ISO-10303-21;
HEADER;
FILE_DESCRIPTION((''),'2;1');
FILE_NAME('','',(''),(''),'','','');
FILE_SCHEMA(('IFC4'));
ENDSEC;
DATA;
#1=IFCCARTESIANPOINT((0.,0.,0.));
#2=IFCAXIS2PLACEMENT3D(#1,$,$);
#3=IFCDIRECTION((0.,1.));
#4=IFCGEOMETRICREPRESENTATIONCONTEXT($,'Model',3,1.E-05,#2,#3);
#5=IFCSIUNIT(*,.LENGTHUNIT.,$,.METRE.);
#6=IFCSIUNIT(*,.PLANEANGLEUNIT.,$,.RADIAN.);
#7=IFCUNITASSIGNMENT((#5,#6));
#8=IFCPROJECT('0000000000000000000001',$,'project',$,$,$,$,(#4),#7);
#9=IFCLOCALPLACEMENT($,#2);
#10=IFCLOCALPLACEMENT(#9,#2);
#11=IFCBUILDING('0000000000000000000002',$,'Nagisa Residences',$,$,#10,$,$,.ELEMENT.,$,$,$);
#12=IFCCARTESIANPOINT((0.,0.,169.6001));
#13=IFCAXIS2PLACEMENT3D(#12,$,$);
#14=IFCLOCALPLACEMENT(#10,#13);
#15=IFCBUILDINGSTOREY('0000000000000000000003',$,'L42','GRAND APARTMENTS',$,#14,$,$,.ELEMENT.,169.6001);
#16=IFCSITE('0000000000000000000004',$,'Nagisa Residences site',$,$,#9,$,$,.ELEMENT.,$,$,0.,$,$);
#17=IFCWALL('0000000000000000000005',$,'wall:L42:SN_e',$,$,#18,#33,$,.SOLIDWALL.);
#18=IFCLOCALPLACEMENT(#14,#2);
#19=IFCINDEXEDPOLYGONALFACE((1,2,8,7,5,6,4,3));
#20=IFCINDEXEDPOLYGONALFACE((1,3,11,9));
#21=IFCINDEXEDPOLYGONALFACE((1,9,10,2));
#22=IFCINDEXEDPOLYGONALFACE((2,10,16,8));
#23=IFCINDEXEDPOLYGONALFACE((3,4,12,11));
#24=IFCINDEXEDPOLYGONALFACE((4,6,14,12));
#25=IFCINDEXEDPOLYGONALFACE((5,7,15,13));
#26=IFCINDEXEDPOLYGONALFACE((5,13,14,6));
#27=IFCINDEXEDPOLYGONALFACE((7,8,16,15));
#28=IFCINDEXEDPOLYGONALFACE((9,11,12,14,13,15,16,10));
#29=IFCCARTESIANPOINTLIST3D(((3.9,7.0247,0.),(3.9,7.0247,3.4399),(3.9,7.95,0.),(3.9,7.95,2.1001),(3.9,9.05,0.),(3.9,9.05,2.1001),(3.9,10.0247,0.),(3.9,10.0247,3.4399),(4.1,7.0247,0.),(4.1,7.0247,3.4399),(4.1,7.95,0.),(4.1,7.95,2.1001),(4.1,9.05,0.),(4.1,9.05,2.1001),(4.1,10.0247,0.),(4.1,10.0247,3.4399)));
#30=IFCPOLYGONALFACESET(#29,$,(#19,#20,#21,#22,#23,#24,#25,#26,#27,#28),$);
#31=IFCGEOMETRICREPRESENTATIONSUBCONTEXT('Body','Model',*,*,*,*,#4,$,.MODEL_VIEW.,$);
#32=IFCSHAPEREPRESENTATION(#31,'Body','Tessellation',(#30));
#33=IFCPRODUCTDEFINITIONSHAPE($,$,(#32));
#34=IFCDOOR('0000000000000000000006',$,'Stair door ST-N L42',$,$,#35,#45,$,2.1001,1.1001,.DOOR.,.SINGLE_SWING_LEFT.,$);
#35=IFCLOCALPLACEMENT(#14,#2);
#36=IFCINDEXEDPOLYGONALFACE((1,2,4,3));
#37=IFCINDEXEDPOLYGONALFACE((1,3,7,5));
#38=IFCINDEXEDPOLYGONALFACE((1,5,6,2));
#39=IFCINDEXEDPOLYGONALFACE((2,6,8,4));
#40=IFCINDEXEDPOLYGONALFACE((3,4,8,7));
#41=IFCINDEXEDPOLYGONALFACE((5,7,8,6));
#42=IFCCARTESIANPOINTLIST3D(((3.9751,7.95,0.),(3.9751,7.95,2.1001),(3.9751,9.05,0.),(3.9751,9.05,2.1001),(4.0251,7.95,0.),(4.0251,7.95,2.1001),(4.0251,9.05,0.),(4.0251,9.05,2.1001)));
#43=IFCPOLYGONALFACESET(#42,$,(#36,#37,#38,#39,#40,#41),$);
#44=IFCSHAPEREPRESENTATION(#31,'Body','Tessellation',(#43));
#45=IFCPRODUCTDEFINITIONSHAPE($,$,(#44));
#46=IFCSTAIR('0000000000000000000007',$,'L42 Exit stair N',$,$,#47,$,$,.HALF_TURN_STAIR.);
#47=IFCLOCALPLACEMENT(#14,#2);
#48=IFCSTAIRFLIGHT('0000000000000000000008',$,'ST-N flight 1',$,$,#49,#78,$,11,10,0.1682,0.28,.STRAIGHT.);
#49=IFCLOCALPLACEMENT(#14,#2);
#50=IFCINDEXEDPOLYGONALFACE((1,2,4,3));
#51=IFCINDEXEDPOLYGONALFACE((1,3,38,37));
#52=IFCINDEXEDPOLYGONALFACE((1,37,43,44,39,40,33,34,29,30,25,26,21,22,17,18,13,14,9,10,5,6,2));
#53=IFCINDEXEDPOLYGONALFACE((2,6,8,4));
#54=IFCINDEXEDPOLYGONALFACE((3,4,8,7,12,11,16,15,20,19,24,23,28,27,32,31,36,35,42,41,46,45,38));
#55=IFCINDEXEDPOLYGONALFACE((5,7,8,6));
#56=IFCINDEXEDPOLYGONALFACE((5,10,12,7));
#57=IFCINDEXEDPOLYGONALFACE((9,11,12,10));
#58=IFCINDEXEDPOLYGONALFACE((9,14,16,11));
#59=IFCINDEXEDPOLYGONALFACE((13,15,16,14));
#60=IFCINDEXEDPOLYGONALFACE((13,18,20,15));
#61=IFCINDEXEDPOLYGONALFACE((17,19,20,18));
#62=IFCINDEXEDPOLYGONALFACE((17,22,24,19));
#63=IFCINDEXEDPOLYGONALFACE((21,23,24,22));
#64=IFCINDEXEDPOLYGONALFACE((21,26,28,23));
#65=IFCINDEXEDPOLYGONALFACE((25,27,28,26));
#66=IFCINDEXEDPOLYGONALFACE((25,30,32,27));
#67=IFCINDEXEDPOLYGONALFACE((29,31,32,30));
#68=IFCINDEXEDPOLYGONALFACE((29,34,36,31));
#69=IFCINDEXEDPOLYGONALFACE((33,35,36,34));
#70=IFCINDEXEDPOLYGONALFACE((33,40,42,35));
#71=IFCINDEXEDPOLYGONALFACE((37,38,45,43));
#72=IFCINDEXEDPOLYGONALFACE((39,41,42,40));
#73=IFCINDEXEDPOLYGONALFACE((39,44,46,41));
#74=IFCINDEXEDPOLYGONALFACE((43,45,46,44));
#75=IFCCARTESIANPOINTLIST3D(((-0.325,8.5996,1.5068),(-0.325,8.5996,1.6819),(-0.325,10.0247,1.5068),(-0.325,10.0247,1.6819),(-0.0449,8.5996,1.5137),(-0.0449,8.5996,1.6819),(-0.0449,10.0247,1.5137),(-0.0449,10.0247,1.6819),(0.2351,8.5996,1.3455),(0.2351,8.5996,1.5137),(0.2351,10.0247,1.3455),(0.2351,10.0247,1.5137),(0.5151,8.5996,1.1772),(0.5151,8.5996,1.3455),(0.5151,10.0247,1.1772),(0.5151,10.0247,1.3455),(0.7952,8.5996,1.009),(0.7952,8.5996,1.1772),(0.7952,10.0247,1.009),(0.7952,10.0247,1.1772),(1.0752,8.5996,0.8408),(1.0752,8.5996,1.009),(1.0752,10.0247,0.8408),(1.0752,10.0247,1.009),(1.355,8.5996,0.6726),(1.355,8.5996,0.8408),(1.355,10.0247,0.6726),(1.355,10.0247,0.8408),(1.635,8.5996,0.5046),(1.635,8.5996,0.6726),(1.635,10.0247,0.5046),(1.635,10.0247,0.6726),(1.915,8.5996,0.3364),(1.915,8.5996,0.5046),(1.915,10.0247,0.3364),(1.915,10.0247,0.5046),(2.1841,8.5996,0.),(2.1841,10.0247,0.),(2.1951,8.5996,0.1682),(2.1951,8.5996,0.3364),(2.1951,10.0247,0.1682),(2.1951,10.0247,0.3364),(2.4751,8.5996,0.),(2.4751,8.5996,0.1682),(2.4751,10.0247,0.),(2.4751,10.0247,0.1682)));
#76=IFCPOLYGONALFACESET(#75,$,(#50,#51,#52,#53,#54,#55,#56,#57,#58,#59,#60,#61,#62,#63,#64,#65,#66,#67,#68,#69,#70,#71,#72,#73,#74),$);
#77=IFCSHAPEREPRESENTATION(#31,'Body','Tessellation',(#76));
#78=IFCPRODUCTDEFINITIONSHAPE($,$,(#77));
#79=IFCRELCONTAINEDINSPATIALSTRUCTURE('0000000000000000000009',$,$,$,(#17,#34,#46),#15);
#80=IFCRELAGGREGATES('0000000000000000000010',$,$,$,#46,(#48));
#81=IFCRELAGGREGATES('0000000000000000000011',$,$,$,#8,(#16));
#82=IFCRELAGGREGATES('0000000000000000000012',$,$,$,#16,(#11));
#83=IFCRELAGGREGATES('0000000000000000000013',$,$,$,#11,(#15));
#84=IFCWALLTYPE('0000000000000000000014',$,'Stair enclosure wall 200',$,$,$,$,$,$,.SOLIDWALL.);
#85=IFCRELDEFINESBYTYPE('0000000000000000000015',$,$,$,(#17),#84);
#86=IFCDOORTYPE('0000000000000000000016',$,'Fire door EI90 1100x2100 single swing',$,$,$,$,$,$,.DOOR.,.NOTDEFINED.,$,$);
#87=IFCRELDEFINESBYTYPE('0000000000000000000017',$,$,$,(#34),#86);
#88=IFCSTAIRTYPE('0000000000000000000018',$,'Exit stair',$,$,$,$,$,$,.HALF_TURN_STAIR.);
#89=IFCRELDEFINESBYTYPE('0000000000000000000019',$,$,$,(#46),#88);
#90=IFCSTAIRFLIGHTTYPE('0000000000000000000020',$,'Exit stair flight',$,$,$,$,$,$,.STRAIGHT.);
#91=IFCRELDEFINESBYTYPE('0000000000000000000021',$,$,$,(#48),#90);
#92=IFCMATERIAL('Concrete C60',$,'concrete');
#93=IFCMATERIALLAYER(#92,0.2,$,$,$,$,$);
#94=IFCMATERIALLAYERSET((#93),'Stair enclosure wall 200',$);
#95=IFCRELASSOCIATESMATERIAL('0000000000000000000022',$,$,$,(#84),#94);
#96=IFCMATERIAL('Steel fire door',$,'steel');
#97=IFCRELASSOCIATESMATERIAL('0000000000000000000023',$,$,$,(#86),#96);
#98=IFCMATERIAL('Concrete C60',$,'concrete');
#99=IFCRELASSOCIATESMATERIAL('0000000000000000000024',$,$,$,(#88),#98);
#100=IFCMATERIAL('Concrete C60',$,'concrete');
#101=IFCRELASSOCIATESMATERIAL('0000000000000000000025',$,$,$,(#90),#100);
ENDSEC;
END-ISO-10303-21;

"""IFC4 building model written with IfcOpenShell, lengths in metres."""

from ifc_helpers import new_model, si_unit, direction, frame, frame_2d, origin, place, context, subcontext, project, spatial, polyline, rectangle, outline, extrude, material, layer, layer_set, type_object, element, fill, aggregate, save


model = new_model("IFC4")

# Units and contexts
model_context = context("Model", 3, precision=1e-05, world=origin(), true_north=direction((0.0, 1.0)))
body_context = subcontext(model_context, "Body", "Model", "MODEL_VIEW")
ifc_project = project(units=[si_unit("LENGTHUNIT", "METRE"), si_unit("PLANEANGLEUNIT", "RADIAN")], contexts=[model_context])

# Site, building, storey
site_placement = place(None, origin())
site = spatial("IfcSite", under=ifc_project, at=site_placement, Name="Nagisa Residences site", CompositionType="ELEMENT", RefElevation=0.0)
building_placement = place(site_placement, origin())
building = spatial("IfcBuilding", under=site, at=building_placement, Name="Nagisa Residences", CompositionType="ELEMENT")
storey_placement = place(building_placement, frame((0.0, 0.0, 169.6001)))
storey = spatial("IfcBuildingStorey", under=building, at=storey_placement, Name="L42", Description="GRAND APARTMENTS", CompositionType="ELEMENT", Elevation=169.6001)

# Wall, opening, door
ifc_material_1 = material(Name="Concrete C60", Category="concrete")
ifc_layer_1 = layer(ifc_material_1, 0.2)
ifc_layer_set_1 = layer_set([ifc_layer_1], Name="Stair enclosure wall 200")
wall_type_1 = type_object("IfcWallType", Name="Stair enclosure wall 200", PredefinedType="SOLIDWALL", material=ifc_layer_set_1)
wall_1_placement = place(storey_placement, frame((4.0, 7.0247, 0.0), z_axis=(0.0, 0.0, 1.0), x_axis=(0.0, 1.0, 0.0)))
wall_1 = element("IfcWall", 1, at=wall_1_placement, inside=storey, type_object=wall_type_1, Name="wall:L42:SN_e", PredefinedType="SOLIDWALL", context=body_context, shape_type="SweptSolid", body=[
    extrude(rectangle(XDim=3.0, YDim=0.2, at=frame_2d((1.5, 0.0))), origin(), (0.0, 0.0, 1.0), 3.4399),
])
opening_1_placement = place(wall_1_placement, frame((0.9253, 0.0, 0.0)))
opening_1 = element("IfcOpeningElement", 2, at=opening_1_placement, cuts=wall_1, PredefinedType="OPENING", context=body_context, shape_type="SweptSolid", body=[
    extrude(rectangle(XDim=1.1001, YDim=2.1001, at=frame_2d((0.55, 1.05))), frame((0.0, 0.1099, 0.0), z_axis=(0.0, -1.0, 0.0), x_axis=(1.0, 0.0, 0.0)), (0.0, 0.0, 1.0), 0.22),
])
ifc_material_2 = material(Name="Steel fire door", Category="steel")
door_type_1 = type_object("IfcDoorType", Name="Fire door EI90 1100x2100 single swing", OperationType="NOTDEFINED", PredefinedType="DOOR", material=ifc_material_2)
door_1_placement = place(opening_1_placement, origin())
door_1 = element("IfcDoor", 3, at=door_1_placement, inside=storey, type_object=door_type_1, Name="Stair door ST-N L42", OperationType="SINGLE_SWING_LEFT", OverallHeight=2.1001, OverallWidth=1.1001, PredefinedType="DOOR", context=body_context, shape_type="SweptSolid", body=[
    extrude(rectangle(XDim=1.1001, YDim=2.1001, at=frame_2d((0.55, 1.05))), frame((0.0, 0.0249, 0.0), z_axis=(0.0, -1.0, 0.0), x_axis=(1.0, 0.0, 0.0)), (0.0, 0.0, 1.0), 0.05),
])
fill(opening_1, door_1)

# Stair, stair flight
ifc_material_3 = material(Name="Concrete C60", Category="concrete")
stair_type = type_object("IfcStairType", Name="Exit stair", PredefinedType="HALF_TURN_STAIR", material=ifc_material_3)
stair_placement = place(storey_placement, origin())
stair = element("IfcStair", 4, at=stair_placement, inside=storey, type_object=stair_type, Name="L42 Exit stair N", PredefinedType="HALF_TURN_STAIR")
ifc_material_4 = material(Name="Concrete C60", Category="concrete")
stair_flight_type = type_object("IfcStairFlightType", Name="Exit stair flight", PredefinedType="STRAIGHT", material=ifc_material_4)
stair_flight_placement = place(storey_placement, frame((2.4751, 9.312, 0.0), z_axis=(0.0, 0.0, 1.0), x_axis=(-1.0, 0.0, 0.0)))
stair_flight = element("IfcStairFlight", 5, at=stair_flight_placement, type_object=stair_flight_type, Name="ST-N flight 1", NumberOfRisers=11, NumberOfTreads=10, PredefinedType="STRAIGHT", RiserHeight=0.1682, TreadLength=0.28, context=body_context, shape_type="SweptSolid", body=[
    extrude(outline(polyline([(0.0, 0.0), (0.0, 0.1682), (0.28, 0.1682), (0.28, 0.3364), (0.5601, 0.3364), (0.5601, 0.5046), (0.8401, 0.5046), (0.8401, 0.6726), (1.1201, 0.6726), (1.1201, 0.8408), (1.3999, 0.8408), (1.3999, 1.009), (1.6799, 1.009), (1.6799, 1.1772), (1.96, 1.1772), (1.96, 1.3455), (2.24, 1.3455), (2.24, 1.5137), (2.52, 1.5137), (2.52, 1.6819), (2.8, 1.6819), (2.8, 1.8501), (2.8, 1.5068), (0.291, 0.0), (0.0, 0.0)])), frame((0.0, 0.7124, 0.0), z_axis=(0.0, -1.0, 0.0), x_axis=(1.0, 0.0, 0.0)), (0.0, 0.0, 1.0), 1.425),
])
aggregate(stair, [stair_flight])

save(model, "model.ifc")
